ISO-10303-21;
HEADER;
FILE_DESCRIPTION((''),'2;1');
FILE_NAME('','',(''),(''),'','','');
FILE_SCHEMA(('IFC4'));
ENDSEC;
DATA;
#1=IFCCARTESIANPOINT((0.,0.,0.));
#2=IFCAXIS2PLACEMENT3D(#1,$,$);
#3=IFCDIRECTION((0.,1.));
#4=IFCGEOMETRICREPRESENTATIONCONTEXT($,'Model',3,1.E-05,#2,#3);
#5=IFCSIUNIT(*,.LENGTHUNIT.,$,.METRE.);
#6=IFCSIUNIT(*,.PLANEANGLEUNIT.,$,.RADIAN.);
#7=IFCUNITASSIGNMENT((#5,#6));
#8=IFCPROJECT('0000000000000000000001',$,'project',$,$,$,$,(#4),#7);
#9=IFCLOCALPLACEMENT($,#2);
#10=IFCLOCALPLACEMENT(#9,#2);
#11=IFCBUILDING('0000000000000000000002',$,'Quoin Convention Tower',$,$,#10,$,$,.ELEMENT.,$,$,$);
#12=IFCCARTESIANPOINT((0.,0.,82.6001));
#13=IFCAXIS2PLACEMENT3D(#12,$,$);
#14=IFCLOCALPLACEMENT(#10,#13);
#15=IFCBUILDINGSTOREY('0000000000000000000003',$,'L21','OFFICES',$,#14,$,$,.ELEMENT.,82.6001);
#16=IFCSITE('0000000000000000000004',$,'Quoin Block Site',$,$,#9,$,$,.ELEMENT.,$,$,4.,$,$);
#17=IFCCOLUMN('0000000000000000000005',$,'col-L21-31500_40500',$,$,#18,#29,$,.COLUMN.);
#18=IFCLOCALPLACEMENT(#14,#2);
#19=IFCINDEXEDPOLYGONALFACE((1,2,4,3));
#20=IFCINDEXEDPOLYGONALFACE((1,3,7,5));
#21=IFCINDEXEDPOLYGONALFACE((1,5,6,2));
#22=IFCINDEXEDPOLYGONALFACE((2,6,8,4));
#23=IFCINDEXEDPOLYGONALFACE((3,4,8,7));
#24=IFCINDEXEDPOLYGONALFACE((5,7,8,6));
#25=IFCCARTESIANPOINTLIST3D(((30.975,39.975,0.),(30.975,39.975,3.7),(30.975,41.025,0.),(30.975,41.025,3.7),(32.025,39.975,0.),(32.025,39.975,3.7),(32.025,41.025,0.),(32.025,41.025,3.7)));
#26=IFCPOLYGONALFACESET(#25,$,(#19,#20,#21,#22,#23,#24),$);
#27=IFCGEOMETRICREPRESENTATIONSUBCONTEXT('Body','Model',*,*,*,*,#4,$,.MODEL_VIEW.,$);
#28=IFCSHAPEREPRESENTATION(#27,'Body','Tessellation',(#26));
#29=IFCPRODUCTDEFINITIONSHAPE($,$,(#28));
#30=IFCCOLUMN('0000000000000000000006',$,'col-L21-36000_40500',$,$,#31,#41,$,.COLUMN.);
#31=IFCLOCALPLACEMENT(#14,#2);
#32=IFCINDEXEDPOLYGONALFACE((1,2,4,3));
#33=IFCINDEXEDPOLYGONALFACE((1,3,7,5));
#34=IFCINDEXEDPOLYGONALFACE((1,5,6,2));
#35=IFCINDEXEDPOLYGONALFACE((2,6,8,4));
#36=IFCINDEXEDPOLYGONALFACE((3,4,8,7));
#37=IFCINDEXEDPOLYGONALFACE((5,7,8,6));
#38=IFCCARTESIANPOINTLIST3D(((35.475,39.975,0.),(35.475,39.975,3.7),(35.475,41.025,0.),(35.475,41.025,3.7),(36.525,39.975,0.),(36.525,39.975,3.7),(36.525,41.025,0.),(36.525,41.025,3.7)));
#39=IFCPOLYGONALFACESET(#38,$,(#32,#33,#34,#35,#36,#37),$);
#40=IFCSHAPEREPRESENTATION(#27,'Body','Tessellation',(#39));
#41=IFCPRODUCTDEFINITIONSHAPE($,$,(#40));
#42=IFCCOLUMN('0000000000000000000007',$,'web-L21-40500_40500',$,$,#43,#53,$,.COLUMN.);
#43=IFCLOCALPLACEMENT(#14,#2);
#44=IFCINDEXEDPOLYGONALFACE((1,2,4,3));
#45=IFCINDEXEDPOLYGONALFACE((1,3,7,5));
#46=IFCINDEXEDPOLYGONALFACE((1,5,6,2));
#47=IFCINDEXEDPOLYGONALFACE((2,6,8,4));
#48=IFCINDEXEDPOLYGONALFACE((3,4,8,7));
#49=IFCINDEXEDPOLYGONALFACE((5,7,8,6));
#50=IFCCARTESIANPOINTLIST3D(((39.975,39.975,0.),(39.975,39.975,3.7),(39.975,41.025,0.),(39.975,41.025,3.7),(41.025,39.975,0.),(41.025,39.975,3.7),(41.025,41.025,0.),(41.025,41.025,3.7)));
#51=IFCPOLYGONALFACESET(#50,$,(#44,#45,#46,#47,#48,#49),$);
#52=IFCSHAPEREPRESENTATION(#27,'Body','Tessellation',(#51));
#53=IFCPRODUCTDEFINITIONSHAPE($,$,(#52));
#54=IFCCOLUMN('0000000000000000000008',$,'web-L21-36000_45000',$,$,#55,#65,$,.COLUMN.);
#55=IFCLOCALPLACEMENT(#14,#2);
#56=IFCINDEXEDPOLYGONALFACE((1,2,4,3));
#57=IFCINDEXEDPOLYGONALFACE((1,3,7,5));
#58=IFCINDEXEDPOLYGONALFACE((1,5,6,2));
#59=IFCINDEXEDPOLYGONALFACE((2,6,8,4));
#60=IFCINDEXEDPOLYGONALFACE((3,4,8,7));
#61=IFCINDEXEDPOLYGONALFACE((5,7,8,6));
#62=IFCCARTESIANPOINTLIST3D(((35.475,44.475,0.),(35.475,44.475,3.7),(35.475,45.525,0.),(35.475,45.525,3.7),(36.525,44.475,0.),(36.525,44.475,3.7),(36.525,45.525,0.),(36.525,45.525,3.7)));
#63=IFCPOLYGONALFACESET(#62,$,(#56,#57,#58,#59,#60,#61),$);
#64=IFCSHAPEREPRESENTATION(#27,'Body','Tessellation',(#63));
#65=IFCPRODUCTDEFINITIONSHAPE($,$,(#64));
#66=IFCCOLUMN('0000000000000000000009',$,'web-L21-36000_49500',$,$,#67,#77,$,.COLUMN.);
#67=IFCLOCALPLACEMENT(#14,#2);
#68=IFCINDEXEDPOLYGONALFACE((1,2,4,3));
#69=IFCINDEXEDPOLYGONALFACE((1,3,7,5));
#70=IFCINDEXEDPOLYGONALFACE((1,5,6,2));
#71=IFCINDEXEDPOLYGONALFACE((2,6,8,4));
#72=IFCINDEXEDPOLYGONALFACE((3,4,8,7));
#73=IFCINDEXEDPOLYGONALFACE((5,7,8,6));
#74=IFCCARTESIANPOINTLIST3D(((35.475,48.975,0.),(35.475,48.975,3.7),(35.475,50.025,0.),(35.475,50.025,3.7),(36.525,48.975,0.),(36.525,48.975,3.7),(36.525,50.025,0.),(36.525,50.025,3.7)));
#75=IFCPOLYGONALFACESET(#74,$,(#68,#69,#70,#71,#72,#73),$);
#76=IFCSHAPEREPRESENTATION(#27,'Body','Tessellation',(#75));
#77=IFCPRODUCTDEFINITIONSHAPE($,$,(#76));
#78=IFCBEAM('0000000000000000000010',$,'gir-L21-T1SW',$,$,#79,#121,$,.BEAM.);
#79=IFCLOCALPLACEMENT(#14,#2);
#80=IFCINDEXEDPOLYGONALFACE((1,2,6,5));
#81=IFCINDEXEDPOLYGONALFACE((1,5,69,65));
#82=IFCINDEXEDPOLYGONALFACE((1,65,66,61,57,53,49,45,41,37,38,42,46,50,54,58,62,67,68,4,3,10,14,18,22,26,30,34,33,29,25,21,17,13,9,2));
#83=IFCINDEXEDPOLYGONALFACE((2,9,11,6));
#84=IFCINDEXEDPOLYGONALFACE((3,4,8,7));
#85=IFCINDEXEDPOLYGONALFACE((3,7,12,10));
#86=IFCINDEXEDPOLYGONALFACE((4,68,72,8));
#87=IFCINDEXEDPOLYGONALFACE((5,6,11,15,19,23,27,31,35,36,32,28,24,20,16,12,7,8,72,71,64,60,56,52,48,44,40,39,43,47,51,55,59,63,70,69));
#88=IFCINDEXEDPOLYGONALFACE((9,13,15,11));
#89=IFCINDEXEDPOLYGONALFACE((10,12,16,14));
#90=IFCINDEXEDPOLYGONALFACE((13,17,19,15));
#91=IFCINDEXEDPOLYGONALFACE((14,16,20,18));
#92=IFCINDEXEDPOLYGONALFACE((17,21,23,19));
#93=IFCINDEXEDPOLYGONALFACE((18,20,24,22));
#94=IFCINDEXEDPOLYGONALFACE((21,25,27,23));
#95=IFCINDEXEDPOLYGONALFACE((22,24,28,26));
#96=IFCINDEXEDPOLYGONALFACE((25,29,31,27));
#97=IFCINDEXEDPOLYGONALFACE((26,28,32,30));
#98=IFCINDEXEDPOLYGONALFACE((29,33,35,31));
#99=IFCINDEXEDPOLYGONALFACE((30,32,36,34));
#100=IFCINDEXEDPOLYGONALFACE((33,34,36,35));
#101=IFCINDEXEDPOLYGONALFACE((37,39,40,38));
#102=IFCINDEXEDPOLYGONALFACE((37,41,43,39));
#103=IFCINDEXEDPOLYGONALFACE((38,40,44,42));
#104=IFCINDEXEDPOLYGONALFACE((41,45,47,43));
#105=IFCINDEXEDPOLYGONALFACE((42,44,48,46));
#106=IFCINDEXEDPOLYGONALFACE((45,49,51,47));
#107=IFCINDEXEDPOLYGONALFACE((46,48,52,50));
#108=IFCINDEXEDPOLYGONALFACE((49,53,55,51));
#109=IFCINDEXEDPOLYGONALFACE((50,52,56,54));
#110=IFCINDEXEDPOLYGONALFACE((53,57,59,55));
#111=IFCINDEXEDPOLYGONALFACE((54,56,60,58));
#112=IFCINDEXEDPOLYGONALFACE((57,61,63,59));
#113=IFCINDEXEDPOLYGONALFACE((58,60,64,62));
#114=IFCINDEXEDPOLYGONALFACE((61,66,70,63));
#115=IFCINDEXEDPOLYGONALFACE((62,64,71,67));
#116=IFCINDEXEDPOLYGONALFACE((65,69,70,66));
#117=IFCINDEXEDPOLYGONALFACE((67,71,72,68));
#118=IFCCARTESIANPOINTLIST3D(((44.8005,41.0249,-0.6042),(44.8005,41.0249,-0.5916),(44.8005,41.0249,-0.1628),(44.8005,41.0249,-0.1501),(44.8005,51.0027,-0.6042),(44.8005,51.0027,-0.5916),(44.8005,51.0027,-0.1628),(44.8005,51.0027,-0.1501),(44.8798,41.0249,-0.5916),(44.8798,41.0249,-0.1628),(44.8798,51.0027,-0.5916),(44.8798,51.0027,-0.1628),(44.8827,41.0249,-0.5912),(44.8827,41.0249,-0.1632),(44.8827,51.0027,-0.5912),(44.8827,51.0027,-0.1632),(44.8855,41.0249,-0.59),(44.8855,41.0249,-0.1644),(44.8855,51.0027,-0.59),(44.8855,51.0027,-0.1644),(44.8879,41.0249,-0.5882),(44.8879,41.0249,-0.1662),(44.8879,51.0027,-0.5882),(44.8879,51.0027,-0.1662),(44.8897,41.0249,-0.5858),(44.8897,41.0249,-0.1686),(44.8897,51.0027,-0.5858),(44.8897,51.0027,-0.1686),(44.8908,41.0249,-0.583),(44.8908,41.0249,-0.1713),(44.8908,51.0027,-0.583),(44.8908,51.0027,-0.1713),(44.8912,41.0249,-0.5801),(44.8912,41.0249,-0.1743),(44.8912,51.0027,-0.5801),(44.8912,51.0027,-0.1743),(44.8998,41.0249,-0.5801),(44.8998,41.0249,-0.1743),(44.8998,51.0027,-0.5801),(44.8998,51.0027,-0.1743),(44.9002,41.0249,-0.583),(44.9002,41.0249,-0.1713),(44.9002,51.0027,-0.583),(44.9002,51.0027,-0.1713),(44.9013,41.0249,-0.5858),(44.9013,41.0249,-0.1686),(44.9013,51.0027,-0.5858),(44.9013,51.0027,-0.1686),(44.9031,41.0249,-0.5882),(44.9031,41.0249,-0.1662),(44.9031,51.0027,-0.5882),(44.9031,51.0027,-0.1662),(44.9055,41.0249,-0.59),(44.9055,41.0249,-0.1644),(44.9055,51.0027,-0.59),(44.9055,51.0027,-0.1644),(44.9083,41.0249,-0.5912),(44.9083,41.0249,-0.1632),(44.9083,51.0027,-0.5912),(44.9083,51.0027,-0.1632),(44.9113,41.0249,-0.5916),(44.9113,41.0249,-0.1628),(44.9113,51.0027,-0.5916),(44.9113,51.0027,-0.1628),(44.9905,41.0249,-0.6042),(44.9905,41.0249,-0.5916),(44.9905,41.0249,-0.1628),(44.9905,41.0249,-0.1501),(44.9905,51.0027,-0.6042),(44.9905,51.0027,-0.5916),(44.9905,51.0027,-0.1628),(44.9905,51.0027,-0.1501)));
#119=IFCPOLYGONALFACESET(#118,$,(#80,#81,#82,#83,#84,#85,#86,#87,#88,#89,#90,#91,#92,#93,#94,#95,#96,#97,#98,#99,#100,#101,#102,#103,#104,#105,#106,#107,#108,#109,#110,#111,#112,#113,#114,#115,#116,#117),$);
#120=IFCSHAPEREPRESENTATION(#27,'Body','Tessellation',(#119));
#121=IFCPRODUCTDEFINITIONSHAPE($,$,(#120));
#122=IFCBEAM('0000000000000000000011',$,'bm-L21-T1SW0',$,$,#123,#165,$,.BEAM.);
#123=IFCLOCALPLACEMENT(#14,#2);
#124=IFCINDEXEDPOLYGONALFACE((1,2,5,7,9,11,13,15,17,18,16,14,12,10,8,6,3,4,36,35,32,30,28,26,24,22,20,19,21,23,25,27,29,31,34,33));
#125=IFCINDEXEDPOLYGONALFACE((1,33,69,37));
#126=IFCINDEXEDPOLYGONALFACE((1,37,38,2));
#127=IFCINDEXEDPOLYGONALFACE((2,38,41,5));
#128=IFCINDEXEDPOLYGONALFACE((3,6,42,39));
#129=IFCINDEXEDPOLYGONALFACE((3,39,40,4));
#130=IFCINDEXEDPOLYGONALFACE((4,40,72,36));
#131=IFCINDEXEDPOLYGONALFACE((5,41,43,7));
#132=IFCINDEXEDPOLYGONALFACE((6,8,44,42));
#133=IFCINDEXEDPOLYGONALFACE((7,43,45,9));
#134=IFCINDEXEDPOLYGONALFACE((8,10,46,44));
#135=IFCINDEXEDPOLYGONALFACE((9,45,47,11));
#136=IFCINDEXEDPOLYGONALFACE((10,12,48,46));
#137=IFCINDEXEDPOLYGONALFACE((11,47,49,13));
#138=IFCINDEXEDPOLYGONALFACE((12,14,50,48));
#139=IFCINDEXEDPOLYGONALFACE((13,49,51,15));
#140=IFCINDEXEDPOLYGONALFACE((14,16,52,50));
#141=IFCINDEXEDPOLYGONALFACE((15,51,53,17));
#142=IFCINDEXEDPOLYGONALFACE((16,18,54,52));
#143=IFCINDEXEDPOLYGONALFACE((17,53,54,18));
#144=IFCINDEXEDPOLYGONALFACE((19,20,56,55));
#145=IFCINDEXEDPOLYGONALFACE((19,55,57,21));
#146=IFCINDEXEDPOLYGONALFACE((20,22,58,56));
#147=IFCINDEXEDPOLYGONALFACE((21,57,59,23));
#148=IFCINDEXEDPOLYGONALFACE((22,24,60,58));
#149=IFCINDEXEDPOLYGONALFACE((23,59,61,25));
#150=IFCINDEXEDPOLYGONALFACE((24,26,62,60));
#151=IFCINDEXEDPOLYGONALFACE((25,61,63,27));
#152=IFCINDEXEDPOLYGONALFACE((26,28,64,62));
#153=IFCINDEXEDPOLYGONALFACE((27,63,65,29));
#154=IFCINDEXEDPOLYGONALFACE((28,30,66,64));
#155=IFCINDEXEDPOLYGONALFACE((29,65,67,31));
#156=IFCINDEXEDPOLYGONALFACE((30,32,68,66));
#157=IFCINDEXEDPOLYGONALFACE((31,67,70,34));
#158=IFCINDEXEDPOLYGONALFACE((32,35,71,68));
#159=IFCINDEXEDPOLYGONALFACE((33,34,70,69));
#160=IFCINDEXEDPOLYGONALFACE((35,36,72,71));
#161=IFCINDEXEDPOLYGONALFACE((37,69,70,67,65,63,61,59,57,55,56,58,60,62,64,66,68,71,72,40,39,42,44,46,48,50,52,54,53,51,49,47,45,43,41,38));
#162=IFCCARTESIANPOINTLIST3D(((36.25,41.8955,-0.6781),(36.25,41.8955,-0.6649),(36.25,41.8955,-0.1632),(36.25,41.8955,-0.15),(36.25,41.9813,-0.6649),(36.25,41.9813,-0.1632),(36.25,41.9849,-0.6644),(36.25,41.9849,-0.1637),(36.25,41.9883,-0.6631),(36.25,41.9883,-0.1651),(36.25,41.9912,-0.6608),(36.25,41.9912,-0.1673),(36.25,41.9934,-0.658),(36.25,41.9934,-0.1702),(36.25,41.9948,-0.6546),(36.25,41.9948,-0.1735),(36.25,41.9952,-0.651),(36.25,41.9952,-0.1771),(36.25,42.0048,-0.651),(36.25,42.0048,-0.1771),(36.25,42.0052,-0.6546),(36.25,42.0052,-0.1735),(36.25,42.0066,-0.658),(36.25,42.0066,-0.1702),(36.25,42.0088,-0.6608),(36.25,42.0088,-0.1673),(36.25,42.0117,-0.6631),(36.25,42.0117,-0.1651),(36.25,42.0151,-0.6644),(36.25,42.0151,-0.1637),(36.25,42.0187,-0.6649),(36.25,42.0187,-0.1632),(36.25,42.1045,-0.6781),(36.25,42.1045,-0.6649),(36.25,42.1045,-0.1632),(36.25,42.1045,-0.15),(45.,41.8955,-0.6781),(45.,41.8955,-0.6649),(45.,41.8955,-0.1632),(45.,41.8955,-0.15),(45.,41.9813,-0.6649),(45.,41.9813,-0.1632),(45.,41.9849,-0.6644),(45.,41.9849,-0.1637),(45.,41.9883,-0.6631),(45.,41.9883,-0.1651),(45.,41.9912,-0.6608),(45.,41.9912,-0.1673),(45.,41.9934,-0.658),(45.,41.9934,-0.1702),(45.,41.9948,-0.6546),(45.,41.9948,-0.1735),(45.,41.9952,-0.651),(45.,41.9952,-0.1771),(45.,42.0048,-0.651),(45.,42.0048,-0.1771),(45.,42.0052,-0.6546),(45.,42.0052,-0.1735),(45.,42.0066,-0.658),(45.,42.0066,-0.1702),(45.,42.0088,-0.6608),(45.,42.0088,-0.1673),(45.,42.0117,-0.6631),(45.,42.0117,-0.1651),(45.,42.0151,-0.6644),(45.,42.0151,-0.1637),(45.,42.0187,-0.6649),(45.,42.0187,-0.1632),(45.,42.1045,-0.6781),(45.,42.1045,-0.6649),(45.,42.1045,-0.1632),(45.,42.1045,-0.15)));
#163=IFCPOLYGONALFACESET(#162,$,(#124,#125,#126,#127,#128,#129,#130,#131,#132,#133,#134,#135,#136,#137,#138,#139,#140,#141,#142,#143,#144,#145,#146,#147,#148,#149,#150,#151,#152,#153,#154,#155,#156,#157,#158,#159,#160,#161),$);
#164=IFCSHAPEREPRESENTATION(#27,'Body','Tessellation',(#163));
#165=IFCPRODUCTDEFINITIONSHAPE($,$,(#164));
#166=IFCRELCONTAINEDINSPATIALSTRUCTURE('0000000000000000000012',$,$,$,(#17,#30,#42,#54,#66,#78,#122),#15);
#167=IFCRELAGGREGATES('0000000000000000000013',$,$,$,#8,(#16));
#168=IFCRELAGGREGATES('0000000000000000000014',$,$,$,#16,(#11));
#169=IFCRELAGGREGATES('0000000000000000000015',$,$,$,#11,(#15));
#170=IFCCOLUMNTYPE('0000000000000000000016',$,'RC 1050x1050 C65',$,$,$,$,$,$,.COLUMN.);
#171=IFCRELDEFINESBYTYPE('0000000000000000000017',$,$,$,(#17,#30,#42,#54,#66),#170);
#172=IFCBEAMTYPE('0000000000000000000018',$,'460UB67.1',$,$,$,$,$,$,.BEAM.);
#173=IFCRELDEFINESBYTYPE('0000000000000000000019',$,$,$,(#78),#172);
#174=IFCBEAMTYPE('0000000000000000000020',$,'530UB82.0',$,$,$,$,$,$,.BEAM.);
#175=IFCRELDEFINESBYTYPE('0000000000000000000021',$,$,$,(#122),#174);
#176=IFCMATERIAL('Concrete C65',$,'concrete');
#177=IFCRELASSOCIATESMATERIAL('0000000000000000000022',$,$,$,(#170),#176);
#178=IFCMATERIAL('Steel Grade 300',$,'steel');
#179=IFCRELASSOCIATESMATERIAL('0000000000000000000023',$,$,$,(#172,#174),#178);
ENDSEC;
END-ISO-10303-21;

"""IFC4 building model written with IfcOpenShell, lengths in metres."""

from ifc_helpers import new_model, si_unit, direction, frame, origin, origin_2d, place, context, subcontext, project, spatial, rectangle, i_section, extrude, material, material_profile, profile_set, type_object, element, save


model = new_model("IFC4")

# Units and contexts
model_context = context("Model", 3, precision=1e-05, world=origin(), true_north=direction((0.0, 1.0)))
body_context = subcontext(model_context, "Body", "Model", "MODEL_VIEW")
ifc_project = project(units=[si_unit("LENGTHUNIT", "METRE"), si_unit("PLANEANGLEUNIT", "RADIAN")], contexts=[model_context])

# Site, building, storey
site_placement = place(None, origin())
site = spatial("IfcSite", under=ifc_project, at=site_placement, Name="Quoin Block Site", CompositionType="ELEMENT", RefElevation=4.0)
building_placement = place(site_placement, origin())
building = spatial("IfcBuilding", under=site, at=building_placement, Name="Quoin Convention Tower", CompositionType="ELEMENT")
storey_placement = place(building_placement, frame((0.0, 0.0, 82.6001)))
storey = spatial("IfcBuildingStorey", under=building, at=storey_placement, Name="L21", Description="OFFICES", CompositionType="ELEMENT", Elevation=82.6001)

# Columns
ifc_material_1 = material(Name="Concrete C65", Category="concrete")
ifc_material_profile_1 = material_profile(ifc_material_1, rectangle(XDim=1.05, YDim=1.05, at=origin_2d()), Name="RC 1050x1050")
ifc_profile_set_1 = profile_set([ifc_material_profile_1], Name="Concrete C65")
column_type = type_object("IfcColumnType", Name="RC 1050x1050 C65", PredefinedType="COLUMN", material=ifc_profile_set_1)
for number, where, z_axis, x_axis, name in (
    (1, (31.5, 40.5, 0.0), (0.0, 0.0, 1.0), (1.0, 0.0, 0.0), "col-L21-31500_40500"),
    (2, (36.0, 40.5, 0.0), (0.0, 0.0, 1.0), (1.0, 0.0, 0.0), "col-L21-36000_40500"),
    (3, (40.5, 40.5, 0.0), (0.0, 0.0, 1.0), (1.0, 0.0, 0.0), "web-L21-40500_40500"),
    (4, (36.0, 45.0, 0.0), (0.0, 0.0, 1.0), (1.0, 0.0, 0.0), "web-L21-36000_45000"),
    (5, (36.0, 49.5, 0.0), (0.0, 0.0, 1.0), (1.0, 0.0, 0.0), "web-L21-36000_49500"),
):
    element("IfcColumn", number, at=place(storey_placement, frame(where, z_axis=z_axis, x_axis=x_axis)), inside=storey, type_object=column_type, Name=name, PredefinedType="COLUMN", context=body_context, shape_type="SweptSolid", body=[
        extrude(rectangle(XDim=1.05, YDim=1.05, at=origin_2d()), origin(), (0.0, 0.0, 1.0), 3.7),
    ])

# Beams
ifc_material_2 = material(Name="Steel Grade 300", Category="steel")
ifc_material_profile_2 = material_profile(ifc_material_2, i_section(OverallWidth=0.1899, OverallDepth=0.4541, WebThickness=0.0085, FlangeThickness=0.0127, FilletRadius=0.0115, at=origin_2d()), Name="460UB67.1")
ifc_profile_set_2 = profile_set([ifc_material_profile_2], Name="Steel Grade 300")
beam_type_1 = type_object("IfcBeamType", Name="460UB67.1", PredefinedType="BEAM", material=ifc_profile_set_2)
beam_1_placement = place(storey_placement, frame((44.8955, 41.0249, -0.3772), z_axis=(0.0, 1.0, 0.0), x_axis=(-1.0, 0.0, 0.0)))
element("IfcBeam", 6, at=beam_1_placement, inside=storey, type_object=beam_type_1, Name="gir-L21-T1SW", PredefinedType="BEAM", context=body_context, shape_type="SweptSolid", body=[
    extrude(i_section(OverallWidth=0.1899, OverallDepth=0.4541, WebThickness=0.0085, FlangeThickness=0.0127, FilletRadius=0.0115, at=origin_2d()), origin(), (0.0, 0.0, 1.0), 9.9778),
])
ifc_material_profile_3 = material_profile(ifc_material_2, i_section(OverallWidth=0.209, OverallDepth=0.5281, WebThickness=0.0095, FlangeThickness=0.0132, FilletRadius=0.0139, at=origin_2d()), Name="530UB82.0")
ifc_profile_set_3 = profile_set([ifc_material_profile_3], Name="Steel Grade 300")
beam_type_2 = type_object("IfcBeamType", Name="530UB82.0", PredefinedType="BEAM", material=ifc_profile_set_3)
beam_2_placement = place(storey_placement, frame((36.25, 42.0, -0.4141), z_axis=(1.0, 0.0, 0.0), x_axis=(0.0, 1.0, 0.0)))
element("IfcBeam", 7, at=beam_2_placement, inside=storey, type_object=beam_type_2, Name="bm-L21-T1SW0", PredefinedType="BEAM", context=body_context, shape_type="SweptSolid", body=[
    extrude(i_section(OverallWidth=0.209, OverallDepth=0.5281, WebThickness=0.0095, FlangeThickness=0.0132, FilletRadius=0.0139, at=origin_2d()), origin(), (0.0, 0.0, 1.0), 8.75),
])

save(model, "model.ifc")
